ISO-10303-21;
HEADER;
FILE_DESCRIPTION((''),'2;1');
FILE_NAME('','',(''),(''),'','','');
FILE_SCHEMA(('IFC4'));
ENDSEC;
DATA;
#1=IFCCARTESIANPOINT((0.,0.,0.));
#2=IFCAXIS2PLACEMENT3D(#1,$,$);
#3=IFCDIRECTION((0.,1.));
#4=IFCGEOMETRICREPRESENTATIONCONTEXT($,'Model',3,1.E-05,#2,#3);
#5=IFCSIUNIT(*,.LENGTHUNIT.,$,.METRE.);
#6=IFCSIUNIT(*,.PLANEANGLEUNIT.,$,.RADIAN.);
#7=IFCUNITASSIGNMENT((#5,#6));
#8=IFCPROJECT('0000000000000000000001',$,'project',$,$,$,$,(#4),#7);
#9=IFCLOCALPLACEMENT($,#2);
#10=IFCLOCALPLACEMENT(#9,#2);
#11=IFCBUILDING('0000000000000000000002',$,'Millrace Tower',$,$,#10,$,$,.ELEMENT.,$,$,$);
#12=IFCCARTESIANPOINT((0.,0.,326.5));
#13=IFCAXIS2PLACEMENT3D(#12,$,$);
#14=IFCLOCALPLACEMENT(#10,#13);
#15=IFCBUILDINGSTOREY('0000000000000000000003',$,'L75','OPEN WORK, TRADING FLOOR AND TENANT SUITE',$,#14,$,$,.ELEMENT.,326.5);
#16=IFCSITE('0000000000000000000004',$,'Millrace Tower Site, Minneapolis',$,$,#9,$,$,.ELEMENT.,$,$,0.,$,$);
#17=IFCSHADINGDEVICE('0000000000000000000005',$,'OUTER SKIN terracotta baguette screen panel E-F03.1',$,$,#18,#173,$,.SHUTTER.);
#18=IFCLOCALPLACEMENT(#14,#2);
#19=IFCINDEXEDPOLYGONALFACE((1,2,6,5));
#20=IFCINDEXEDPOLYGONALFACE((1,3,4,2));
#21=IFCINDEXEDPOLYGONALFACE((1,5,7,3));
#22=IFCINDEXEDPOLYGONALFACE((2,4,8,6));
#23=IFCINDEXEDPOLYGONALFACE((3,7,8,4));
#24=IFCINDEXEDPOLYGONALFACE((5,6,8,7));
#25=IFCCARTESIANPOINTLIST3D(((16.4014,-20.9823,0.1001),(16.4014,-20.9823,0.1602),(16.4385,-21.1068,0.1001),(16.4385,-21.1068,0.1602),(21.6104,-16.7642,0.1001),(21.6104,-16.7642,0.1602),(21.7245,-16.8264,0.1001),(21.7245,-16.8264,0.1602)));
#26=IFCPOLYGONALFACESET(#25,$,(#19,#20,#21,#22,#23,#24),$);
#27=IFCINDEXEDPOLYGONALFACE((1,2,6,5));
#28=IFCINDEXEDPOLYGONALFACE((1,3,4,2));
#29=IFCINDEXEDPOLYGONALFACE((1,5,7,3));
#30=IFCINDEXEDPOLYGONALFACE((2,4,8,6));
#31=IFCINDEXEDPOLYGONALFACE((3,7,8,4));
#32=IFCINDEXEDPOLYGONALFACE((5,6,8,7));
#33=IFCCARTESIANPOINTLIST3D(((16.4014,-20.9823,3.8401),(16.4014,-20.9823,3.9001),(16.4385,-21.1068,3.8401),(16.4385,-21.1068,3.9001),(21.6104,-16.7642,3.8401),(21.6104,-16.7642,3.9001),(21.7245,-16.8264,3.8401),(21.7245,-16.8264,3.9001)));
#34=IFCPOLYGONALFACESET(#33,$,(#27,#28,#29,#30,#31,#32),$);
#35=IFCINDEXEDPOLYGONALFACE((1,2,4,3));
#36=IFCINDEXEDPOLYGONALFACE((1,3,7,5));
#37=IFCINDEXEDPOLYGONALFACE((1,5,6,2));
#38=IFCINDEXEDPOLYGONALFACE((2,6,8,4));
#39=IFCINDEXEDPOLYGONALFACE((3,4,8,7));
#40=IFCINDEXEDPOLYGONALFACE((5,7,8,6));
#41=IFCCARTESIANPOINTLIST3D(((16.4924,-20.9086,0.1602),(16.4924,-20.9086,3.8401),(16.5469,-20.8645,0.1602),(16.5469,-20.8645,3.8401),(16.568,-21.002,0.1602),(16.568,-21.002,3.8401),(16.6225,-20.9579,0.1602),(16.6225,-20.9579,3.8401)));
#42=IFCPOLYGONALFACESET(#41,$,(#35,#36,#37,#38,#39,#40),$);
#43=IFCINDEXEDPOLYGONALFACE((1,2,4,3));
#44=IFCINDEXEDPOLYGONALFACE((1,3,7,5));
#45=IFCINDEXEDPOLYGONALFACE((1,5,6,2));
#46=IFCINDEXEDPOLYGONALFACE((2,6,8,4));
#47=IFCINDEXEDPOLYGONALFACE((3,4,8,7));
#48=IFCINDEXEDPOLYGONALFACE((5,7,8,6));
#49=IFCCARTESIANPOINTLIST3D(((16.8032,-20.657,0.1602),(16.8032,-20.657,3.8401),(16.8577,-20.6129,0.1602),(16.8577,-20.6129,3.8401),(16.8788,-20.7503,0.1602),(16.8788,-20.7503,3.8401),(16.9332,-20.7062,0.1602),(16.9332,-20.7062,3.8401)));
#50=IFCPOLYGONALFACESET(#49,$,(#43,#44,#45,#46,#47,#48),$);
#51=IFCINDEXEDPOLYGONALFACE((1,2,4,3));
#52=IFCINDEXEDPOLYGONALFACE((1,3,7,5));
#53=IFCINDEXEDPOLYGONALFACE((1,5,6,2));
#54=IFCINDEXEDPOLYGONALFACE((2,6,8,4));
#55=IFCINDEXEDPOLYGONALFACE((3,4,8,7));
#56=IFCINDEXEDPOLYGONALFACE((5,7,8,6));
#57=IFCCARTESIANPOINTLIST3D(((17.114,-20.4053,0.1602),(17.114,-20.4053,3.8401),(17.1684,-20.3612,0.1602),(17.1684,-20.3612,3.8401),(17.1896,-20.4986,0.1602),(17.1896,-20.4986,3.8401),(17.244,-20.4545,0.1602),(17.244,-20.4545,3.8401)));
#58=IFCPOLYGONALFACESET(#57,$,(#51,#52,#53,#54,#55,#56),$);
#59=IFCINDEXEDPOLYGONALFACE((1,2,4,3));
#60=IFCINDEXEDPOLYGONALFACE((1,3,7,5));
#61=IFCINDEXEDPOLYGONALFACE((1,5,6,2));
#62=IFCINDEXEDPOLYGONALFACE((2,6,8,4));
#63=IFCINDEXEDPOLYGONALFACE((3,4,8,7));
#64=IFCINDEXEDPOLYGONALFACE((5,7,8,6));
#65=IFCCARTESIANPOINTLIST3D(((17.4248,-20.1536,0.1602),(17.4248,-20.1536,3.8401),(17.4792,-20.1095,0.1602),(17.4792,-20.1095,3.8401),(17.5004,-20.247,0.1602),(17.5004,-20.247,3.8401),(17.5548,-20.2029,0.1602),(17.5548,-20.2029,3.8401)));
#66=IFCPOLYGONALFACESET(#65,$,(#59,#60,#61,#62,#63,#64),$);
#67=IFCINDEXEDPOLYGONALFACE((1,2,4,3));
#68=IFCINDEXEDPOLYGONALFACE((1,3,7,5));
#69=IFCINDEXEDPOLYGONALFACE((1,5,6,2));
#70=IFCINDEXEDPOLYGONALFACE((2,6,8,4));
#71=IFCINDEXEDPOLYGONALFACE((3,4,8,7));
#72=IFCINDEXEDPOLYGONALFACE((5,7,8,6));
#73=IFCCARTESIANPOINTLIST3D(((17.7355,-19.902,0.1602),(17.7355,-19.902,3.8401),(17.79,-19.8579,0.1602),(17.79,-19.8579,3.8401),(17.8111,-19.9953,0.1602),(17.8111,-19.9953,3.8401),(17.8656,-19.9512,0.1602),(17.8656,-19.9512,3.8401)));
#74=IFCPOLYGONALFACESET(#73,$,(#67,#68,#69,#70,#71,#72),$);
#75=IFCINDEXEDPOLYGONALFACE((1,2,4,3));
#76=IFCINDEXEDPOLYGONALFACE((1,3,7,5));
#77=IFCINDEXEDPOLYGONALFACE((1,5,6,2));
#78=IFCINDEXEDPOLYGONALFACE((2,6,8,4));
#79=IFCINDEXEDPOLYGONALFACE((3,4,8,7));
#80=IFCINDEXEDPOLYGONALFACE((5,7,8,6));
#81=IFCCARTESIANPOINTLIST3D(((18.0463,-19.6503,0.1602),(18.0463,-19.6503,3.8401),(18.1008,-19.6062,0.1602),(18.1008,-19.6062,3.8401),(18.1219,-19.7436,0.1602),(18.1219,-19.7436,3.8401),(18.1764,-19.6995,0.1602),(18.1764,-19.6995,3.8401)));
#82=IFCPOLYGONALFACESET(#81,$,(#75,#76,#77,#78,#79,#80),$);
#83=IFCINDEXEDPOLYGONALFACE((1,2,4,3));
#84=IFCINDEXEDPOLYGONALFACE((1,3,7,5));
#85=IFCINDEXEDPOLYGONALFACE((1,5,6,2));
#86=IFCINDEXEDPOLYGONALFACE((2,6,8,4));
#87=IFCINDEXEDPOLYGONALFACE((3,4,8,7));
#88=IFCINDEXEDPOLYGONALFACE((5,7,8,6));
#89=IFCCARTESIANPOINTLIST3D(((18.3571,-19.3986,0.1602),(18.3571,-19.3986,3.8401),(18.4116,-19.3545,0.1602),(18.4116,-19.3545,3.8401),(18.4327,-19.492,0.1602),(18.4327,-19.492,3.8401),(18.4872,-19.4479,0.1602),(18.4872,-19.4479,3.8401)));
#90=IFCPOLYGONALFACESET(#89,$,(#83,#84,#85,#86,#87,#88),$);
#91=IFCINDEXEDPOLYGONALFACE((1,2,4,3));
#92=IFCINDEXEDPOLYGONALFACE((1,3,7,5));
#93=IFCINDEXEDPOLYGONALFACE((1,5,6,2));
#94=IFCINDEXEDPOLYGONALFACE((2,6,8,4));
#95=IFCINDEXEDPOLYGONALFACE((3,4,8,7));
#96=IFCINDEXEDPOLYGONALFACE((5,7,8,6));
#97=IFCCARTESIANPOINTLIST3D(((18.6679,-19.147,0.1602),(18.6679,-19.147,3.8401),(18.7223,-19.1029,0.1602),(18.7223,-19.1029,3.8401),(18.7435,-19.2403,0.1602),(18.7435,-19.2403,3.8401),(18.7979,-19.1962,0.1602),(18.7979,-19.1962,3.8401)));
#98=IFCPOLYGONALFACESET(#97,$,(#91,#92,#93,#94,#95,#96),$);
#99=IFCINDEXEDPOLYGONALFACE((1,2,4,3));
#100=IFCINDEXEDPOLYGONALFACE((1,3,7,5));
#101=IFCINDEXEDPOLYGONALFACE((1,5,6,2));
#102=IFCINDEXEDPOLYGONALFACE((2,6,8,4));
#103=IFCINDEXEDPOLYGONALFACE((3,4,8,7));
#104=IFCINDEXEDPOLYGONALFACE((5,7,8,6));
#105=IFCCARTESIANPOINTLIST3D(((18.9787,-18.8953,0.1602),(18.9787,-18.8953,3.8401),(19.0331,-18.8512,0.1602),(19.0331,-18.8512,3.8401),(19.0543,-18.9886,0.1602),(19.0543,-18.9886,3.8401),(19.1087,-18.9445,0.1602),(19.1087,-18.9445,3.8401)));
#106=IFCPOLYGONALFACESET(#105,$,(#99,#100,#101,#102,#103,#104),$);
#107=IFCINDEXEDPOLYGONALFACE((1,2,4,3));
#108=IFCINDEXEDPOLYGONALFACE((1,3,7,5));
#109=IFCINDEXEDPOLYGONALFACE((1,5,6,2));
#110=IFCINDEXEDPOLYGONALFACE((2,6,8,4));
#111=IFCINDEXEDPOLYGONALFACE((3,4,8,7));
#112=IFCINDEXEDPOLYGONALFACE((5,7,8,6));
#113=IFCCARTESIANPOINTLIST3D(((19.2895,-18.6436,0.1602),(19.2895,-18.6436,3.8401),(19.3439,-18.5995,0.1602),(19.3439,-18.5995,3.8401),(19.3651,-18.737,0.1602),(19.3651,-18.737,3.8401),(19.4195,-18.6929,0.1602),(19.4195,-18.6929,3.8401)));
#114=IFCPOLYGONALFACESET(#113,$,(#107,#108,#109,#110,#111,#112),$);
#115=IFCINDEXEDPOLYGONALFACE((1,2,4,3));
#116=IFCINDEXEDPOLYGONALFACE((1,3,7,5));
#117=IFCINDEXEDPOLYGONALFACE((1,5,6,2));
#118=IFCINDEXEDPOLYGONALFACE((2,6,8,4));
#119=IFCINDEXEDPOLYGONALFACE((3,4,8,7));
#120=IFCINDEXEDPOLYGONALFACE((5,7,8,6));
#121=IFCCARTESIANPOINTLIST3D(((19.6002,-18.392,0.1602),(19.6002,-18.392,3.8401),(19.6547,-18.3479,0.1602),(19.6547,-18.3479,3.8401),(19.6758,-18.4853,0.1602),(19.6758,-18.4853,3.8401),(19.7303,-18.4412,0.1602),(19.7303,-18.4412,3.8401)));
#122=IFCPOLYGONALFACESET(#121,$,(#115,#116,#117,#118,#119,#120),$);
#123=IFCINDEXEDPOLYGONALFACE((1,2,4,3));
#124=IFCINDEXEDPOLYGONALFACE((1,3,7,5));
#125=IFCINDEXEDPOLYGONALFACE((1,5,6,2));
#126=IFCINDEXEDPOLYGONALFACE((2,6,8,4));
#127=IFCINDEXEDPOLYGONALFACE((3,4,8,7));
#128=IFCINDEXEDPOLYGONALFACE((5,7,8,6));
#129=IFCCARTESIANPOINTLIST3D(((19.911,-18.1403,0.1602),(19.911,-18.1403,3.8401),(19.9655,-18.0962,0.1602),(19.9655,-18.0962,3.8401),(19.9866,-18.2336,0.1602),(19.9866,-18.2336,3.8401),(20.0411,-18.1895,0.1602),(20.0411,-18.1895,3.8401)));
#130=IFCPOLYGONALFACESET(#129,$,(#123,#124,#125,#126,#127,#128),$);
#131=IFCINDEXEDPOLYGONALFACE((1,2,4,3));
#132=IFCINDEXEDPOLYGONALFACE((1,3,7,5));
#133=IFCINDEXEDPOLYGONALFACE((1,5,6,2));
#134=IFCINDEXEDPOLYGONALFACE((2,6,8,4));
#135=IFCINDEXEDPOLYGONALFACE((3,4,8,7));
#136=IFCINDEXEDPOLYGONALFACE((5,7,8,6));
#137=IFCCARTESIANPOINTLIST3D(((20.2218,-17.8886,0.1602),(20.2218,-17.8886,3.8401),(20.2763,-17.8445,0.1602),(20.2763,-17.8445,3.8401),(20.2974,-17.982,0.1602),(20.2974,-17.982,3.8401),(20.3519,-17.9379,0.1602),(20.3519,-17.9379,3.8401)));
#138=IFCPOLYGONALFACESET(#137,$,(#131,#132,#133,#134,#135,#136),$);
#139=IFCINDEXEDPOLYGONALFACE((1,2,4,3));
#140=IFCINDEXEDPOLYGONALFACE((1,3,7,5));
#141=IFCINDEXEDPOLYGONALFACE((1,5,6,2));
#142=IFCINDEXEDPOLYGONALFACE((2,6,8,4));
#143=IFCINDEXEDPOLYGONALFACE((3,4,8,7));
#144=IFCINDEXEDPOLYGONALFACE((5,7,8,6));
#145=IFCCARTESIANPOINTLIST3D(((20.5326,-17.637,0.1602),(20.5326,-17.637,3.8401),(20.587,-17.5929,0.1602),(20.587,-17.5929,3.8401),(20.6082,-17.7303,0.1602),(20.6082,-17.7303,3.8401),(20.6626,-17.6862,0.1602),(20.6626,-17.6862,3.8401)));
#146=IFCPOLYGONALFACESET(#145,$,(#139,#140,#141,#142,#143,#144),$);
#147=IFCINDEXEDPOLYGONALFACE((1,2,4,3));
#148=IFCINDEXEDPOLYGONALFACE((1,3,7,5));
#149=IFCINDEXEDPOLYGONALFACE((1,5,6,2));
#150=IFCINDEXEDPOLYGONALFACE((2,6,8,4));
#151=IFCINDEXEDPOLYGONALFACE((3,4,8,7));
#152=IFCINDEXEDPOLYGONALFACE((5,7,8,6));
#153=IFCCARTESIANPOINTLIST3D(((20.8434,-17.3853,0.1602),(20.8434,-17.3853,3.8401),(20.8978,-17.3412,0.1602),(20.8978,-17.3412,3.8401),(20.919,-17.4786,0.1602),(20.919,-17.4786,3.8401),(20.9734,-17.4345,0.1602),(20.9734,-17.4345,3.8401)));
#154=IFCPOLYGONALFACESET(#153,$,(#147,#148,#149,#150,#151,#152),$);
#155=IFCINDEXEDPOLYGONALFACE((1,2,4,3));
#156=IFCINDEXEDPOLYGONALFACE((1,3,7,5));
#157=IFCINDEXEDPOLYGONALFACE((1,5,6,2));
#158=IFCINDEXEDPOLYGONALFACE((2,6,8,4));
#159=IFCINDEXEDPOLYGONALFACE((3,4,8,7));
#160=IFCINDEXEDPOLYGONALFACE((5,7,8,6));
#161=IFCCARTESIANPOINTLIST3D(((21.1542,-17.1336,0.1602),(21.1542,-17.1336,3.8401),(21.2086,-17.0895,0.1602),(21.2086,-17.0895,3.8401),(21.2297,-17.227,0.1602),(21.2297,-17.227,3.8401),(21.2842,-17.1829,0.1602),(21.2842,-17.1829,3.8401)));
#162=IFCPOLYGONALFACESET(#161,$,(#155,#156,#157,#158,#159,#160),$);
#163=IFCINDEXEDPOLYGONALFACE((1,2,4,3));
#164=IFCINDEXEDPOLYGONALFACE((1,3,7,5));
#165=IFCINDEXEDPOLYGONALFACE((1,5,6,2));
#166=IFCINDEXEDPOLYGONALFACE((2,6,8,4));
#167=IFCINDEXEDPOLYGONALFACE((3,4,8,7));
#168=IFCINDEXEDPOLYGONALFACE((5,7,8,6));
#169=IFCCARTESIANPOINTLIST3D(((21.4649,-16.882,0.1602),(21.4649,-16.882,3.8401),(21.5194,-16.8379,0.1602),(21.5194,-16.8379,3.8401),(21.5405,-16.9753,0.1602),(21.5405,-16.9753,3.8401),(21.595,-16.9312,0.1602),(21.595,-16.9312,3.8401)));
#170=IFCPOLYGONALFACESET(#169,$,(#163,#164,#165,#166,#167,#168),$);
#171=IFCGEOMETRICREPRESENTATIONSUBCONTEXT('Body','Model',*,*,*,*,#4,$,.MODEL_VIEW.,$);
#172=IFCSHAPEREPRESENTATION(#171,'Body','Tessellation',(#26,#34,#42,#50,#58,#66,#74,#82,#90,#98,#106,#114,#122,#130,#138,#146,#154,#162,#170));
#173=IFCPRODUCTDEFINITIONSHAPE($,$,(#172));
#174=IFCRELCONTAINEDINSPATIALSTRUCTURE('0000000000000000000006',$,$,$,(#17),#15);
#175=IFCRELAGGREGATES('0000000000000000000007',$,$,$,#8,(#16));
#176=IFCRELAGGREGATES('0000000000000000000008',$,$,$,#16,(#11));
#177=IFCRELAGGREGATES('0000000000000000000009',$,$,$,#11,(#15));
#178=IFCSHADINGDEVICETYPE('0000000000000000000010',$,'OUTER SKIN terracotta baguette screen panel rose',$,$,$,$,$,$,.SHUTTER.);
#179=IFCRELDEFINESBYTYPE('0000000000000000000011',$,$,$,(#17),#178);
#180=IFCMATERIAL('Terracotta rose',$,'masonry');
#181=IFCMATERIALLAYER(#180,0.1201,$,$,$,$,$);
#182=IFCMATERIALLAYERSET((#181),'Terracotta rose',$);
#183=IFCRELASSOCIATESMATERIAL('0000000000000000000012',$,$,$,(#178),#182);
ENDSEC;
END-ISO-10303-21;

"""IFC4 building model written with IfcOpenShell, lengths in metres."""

from ifc_helpers import new_model, entity, si_unit, direction, frame, frame_2d, origin, origin_2d, place, context, subcontext, project, spatial, rectangle, extrude, source, transform, mapped, material, layer, layer_set, type_object, element, save


model = new_model("IFC4")

# Units and contexts
model_context = context("Model", 3, precision=1e-05, world=origin(), true_north=direction((0.0, 1.0)))
body_context = subcontext(model_context, "Body", "Model", "MODEL_VIEW")
ifc_project = project(units=[si_unit("LENGTHUNIT", "METRE"), si_unit("PLANEANGLEUNIT", "RADIAN")], contexts=[model_context])

# Site, building, storey
site_placement = place(None, origin())
site = spatial("IfcSite", under=ifc_project, at=site_placement, Name="Millrace Tower Site, Minneapolis", CompositionType="ELEMENT", RefElevation=0.0)
building_placement = place(site_placement, origin())
building = spatial("IfcBuilding", under=site, at=building_placement, Name="Millrace Tower", CompositionType="ELEMENT")
storey_placement = place(building_placement, frame((0.0, 0.0, 326.5)))
storey = spatial("IfcBuildingStorey", under=building, at=storey_placement, Name="L75", Description="OPEN WORK, TRADING FLOOR AND TENANT SUITE", CompositionType="ELEMENT", Elevation=326.5)

# Shading device
ifc_material_1 = material(Name="Terracotta rose", Category="masonry")
ifc_layer_1 = layer(ifc_material_1, 0.1201)
ifc_layer_set_1 = layer_set([ifc_layer_1], Name="Terracotta rose")
shading_device_type = type_object("IfcShadingDeviceType", Name="OUTER SKIN terracotta baguette screen panel rose", PredefinedType="SHUTTER", material=ifc_layer_set_1)
cartesian_point_1 = entity("IfcCartesianPoint", [-3.3513, 0.0601])
shared_polyline_1 = entity("IfcPolyline", [cartesian_point_1, entity("IfcCartesianPoint", [3.3513, 0.0601]), entity("IfcCartesianPoint", [3.4009, -0.0601]), entity("IfcCartesianPoint", [-3.4009, -0.0601]), cartesian_point_1])
shared_shape_1 = source(origin(), body_context, "Body", "SweptSolid", [
    entity("IfcExtrudedAreaSolid", entity("IfcArbitraryClosedProfileDef", "AREA", None, shared_polyline_1), entity("IfcAxis2Placement3D", entity("IfcCartesianPoint", [0.0, 0.0, 0.0])), entity("IfcDirection", [0.0, 0.0, 1.0]), 0.0601),
    entity("IfcExtrudedAreaSolid", entity("IfcArbitraryClosedProfileDef", "AREA", None, shared_polyline_1), entity("IfcAxis2Placement3D", entity("IfcCartesianPoint", [0.0, 0.0, 3.74])), entity("IfcDirection", [0.0, 0.0, 1.0]), 0.0601),
    extrude(rectangle(XDim=0.0701, YDim=0.1201, at=frame_2d((-3.1992, 0.0))), frame((0.0, 0.0, 0.0601)), (0.0, 0.0, 1.0), 3.6799),
    extrude(rectangle(XDim=0.0701, YDim=0.1201, at=frame_2d((-2.7993, 0.0))), frame((0.0, 0.0, 0.0601)), (0.0, 0.0, 1.0), 3.6799),
    extrude(rectangle(XDim=0.0701, YDim=0.1201, at=frame_2d((-2.3994, 0.0))), frame((0.0, 0.0, 0.0601)), (0.0, 0.0, 1.0), 3.6799),
    extrude(rectangle(XDim=0.0701, YDim=0.1201, at=frame_2d((-1.9995, 0.0))), frame((0.0, 0.0, 0.0601)), (0.0, 0.0, 1.0), 3.6799),
    extrude(rectangle(XDim=0.0701, YDim=0.1201, at=frame_2d((-1.5996, 0.0))), frame((0.0, 0.0, 0.0601)), (0.0, 0.0, 1.0), 3.6799),
    extrude(rectangle(XDim=0.0701, YDim=0.1201, at=frame_2d((-1.1997, 0.0))), frame((0.0, 0.0, 0.0601)), (0.0, 0.0, 1.0), 3.6799),
    extrude(rectangle(XDim=0.0701, YDim=0.1201, at=frame_2d((-0.7998, 0.0))), frame((0.0, 0.0, 0.0601)), (0.0, 0.0, 1.0), 3.6799),
    extrude(rectangle(XDim=0.0701, YDim=0.1201, at=frame_2d((-0.3999, 0.0))), frame((0.0, 0.0, 0.0601)), (0.0, 0.0, 1.0), 3.6799),
    extrude(rectangle(XDim=0.0701, YDim=0.1201, at=origin_2d()), frame((0.0, 0.0, 0.0601)), (0.0, 0.0, 1.0), 3.6799),
    extrude(rectangle(XDim=0.0701, YDim=0.1201, at=frame_2d((0.3999, 0.0))), frame((0.0, 0.0, 0.0601)), (0.0, 0.0, 1.0), 3.6799),
    extrude(rectangle(XDim=0.0701, YDim=0.1201, at=frame_2d((0.7998, 0.0))), frame((0.0, 0.0, 0.0601)), (0.0, 0.0, 1.0), 3.6799),
    extrude(rectangle(XDim=0.0701, YDim=0.1201, at=frame_2d((1.1997, 0.0))), frame((0.0, 0.0, 0.0601)), (0.0, 0.0, 1.0), 3.6799),
    extrude(rectangle(XDim=0.0701, YDim=0.1201, at=frame_2d((1.5996, 0.0))), frame((0.0, 0.0, 0.0601)), (0.0, 0.0, 1.0), 3.6799),
    extrude(rectangle(XDim=0.0701, YDim=0.1201, at=frame_2d((1.9995, 0.0))), frame((0.0, 0.0, 0.0601)), (0.0, 0.0, 1.0), 3.6799),
    extrude(rectangle(XDim=0.0701, YDim=0.1201, at=frame_2d((2.3994, 0.0))), frame((0.0, 0.0, 0.0601)), (0.0, 0.0, 1.0), 3.6799),
    extrude(rectangle(XDim=0.0701, YDim=0.1201, at=frame_2d((2.7993, 0.0))), frame((0.0, 0.0, 0.0601)), (0.0, 0.0, 1.0), 3.6799),
    extrude(rectangle(XDim=0.0701, YDim=0.1201, at=frame_2d((3.1992, 0.0))), frame((0.0, 0.0, 0.0601)), (0.0, 0.0, 1.0), 3.6799),
])
shading_device_1_placement = place(storey_placement, frame((19.0437, -18.9199, 0.1001), z_axis=(0.0, 0.0, 1.0), x_axis=(0.777146, 0.62932, 0.0)))
element("IfcShadingDevice", 1, at=shading_device_1_placement, inside=storey, type_object=shading_device_type, Name="OUTER SKIN terracotta baguette screen panel E-F03.1", PredefinedType="SHUTTER", context=body_context, shape_type="MappedRepresentation", body=[
    mapped(shared_shape_1, transform((0.0, 0.0, 0.0), scale=1.0)),
])

save(model, "model.ifc")
